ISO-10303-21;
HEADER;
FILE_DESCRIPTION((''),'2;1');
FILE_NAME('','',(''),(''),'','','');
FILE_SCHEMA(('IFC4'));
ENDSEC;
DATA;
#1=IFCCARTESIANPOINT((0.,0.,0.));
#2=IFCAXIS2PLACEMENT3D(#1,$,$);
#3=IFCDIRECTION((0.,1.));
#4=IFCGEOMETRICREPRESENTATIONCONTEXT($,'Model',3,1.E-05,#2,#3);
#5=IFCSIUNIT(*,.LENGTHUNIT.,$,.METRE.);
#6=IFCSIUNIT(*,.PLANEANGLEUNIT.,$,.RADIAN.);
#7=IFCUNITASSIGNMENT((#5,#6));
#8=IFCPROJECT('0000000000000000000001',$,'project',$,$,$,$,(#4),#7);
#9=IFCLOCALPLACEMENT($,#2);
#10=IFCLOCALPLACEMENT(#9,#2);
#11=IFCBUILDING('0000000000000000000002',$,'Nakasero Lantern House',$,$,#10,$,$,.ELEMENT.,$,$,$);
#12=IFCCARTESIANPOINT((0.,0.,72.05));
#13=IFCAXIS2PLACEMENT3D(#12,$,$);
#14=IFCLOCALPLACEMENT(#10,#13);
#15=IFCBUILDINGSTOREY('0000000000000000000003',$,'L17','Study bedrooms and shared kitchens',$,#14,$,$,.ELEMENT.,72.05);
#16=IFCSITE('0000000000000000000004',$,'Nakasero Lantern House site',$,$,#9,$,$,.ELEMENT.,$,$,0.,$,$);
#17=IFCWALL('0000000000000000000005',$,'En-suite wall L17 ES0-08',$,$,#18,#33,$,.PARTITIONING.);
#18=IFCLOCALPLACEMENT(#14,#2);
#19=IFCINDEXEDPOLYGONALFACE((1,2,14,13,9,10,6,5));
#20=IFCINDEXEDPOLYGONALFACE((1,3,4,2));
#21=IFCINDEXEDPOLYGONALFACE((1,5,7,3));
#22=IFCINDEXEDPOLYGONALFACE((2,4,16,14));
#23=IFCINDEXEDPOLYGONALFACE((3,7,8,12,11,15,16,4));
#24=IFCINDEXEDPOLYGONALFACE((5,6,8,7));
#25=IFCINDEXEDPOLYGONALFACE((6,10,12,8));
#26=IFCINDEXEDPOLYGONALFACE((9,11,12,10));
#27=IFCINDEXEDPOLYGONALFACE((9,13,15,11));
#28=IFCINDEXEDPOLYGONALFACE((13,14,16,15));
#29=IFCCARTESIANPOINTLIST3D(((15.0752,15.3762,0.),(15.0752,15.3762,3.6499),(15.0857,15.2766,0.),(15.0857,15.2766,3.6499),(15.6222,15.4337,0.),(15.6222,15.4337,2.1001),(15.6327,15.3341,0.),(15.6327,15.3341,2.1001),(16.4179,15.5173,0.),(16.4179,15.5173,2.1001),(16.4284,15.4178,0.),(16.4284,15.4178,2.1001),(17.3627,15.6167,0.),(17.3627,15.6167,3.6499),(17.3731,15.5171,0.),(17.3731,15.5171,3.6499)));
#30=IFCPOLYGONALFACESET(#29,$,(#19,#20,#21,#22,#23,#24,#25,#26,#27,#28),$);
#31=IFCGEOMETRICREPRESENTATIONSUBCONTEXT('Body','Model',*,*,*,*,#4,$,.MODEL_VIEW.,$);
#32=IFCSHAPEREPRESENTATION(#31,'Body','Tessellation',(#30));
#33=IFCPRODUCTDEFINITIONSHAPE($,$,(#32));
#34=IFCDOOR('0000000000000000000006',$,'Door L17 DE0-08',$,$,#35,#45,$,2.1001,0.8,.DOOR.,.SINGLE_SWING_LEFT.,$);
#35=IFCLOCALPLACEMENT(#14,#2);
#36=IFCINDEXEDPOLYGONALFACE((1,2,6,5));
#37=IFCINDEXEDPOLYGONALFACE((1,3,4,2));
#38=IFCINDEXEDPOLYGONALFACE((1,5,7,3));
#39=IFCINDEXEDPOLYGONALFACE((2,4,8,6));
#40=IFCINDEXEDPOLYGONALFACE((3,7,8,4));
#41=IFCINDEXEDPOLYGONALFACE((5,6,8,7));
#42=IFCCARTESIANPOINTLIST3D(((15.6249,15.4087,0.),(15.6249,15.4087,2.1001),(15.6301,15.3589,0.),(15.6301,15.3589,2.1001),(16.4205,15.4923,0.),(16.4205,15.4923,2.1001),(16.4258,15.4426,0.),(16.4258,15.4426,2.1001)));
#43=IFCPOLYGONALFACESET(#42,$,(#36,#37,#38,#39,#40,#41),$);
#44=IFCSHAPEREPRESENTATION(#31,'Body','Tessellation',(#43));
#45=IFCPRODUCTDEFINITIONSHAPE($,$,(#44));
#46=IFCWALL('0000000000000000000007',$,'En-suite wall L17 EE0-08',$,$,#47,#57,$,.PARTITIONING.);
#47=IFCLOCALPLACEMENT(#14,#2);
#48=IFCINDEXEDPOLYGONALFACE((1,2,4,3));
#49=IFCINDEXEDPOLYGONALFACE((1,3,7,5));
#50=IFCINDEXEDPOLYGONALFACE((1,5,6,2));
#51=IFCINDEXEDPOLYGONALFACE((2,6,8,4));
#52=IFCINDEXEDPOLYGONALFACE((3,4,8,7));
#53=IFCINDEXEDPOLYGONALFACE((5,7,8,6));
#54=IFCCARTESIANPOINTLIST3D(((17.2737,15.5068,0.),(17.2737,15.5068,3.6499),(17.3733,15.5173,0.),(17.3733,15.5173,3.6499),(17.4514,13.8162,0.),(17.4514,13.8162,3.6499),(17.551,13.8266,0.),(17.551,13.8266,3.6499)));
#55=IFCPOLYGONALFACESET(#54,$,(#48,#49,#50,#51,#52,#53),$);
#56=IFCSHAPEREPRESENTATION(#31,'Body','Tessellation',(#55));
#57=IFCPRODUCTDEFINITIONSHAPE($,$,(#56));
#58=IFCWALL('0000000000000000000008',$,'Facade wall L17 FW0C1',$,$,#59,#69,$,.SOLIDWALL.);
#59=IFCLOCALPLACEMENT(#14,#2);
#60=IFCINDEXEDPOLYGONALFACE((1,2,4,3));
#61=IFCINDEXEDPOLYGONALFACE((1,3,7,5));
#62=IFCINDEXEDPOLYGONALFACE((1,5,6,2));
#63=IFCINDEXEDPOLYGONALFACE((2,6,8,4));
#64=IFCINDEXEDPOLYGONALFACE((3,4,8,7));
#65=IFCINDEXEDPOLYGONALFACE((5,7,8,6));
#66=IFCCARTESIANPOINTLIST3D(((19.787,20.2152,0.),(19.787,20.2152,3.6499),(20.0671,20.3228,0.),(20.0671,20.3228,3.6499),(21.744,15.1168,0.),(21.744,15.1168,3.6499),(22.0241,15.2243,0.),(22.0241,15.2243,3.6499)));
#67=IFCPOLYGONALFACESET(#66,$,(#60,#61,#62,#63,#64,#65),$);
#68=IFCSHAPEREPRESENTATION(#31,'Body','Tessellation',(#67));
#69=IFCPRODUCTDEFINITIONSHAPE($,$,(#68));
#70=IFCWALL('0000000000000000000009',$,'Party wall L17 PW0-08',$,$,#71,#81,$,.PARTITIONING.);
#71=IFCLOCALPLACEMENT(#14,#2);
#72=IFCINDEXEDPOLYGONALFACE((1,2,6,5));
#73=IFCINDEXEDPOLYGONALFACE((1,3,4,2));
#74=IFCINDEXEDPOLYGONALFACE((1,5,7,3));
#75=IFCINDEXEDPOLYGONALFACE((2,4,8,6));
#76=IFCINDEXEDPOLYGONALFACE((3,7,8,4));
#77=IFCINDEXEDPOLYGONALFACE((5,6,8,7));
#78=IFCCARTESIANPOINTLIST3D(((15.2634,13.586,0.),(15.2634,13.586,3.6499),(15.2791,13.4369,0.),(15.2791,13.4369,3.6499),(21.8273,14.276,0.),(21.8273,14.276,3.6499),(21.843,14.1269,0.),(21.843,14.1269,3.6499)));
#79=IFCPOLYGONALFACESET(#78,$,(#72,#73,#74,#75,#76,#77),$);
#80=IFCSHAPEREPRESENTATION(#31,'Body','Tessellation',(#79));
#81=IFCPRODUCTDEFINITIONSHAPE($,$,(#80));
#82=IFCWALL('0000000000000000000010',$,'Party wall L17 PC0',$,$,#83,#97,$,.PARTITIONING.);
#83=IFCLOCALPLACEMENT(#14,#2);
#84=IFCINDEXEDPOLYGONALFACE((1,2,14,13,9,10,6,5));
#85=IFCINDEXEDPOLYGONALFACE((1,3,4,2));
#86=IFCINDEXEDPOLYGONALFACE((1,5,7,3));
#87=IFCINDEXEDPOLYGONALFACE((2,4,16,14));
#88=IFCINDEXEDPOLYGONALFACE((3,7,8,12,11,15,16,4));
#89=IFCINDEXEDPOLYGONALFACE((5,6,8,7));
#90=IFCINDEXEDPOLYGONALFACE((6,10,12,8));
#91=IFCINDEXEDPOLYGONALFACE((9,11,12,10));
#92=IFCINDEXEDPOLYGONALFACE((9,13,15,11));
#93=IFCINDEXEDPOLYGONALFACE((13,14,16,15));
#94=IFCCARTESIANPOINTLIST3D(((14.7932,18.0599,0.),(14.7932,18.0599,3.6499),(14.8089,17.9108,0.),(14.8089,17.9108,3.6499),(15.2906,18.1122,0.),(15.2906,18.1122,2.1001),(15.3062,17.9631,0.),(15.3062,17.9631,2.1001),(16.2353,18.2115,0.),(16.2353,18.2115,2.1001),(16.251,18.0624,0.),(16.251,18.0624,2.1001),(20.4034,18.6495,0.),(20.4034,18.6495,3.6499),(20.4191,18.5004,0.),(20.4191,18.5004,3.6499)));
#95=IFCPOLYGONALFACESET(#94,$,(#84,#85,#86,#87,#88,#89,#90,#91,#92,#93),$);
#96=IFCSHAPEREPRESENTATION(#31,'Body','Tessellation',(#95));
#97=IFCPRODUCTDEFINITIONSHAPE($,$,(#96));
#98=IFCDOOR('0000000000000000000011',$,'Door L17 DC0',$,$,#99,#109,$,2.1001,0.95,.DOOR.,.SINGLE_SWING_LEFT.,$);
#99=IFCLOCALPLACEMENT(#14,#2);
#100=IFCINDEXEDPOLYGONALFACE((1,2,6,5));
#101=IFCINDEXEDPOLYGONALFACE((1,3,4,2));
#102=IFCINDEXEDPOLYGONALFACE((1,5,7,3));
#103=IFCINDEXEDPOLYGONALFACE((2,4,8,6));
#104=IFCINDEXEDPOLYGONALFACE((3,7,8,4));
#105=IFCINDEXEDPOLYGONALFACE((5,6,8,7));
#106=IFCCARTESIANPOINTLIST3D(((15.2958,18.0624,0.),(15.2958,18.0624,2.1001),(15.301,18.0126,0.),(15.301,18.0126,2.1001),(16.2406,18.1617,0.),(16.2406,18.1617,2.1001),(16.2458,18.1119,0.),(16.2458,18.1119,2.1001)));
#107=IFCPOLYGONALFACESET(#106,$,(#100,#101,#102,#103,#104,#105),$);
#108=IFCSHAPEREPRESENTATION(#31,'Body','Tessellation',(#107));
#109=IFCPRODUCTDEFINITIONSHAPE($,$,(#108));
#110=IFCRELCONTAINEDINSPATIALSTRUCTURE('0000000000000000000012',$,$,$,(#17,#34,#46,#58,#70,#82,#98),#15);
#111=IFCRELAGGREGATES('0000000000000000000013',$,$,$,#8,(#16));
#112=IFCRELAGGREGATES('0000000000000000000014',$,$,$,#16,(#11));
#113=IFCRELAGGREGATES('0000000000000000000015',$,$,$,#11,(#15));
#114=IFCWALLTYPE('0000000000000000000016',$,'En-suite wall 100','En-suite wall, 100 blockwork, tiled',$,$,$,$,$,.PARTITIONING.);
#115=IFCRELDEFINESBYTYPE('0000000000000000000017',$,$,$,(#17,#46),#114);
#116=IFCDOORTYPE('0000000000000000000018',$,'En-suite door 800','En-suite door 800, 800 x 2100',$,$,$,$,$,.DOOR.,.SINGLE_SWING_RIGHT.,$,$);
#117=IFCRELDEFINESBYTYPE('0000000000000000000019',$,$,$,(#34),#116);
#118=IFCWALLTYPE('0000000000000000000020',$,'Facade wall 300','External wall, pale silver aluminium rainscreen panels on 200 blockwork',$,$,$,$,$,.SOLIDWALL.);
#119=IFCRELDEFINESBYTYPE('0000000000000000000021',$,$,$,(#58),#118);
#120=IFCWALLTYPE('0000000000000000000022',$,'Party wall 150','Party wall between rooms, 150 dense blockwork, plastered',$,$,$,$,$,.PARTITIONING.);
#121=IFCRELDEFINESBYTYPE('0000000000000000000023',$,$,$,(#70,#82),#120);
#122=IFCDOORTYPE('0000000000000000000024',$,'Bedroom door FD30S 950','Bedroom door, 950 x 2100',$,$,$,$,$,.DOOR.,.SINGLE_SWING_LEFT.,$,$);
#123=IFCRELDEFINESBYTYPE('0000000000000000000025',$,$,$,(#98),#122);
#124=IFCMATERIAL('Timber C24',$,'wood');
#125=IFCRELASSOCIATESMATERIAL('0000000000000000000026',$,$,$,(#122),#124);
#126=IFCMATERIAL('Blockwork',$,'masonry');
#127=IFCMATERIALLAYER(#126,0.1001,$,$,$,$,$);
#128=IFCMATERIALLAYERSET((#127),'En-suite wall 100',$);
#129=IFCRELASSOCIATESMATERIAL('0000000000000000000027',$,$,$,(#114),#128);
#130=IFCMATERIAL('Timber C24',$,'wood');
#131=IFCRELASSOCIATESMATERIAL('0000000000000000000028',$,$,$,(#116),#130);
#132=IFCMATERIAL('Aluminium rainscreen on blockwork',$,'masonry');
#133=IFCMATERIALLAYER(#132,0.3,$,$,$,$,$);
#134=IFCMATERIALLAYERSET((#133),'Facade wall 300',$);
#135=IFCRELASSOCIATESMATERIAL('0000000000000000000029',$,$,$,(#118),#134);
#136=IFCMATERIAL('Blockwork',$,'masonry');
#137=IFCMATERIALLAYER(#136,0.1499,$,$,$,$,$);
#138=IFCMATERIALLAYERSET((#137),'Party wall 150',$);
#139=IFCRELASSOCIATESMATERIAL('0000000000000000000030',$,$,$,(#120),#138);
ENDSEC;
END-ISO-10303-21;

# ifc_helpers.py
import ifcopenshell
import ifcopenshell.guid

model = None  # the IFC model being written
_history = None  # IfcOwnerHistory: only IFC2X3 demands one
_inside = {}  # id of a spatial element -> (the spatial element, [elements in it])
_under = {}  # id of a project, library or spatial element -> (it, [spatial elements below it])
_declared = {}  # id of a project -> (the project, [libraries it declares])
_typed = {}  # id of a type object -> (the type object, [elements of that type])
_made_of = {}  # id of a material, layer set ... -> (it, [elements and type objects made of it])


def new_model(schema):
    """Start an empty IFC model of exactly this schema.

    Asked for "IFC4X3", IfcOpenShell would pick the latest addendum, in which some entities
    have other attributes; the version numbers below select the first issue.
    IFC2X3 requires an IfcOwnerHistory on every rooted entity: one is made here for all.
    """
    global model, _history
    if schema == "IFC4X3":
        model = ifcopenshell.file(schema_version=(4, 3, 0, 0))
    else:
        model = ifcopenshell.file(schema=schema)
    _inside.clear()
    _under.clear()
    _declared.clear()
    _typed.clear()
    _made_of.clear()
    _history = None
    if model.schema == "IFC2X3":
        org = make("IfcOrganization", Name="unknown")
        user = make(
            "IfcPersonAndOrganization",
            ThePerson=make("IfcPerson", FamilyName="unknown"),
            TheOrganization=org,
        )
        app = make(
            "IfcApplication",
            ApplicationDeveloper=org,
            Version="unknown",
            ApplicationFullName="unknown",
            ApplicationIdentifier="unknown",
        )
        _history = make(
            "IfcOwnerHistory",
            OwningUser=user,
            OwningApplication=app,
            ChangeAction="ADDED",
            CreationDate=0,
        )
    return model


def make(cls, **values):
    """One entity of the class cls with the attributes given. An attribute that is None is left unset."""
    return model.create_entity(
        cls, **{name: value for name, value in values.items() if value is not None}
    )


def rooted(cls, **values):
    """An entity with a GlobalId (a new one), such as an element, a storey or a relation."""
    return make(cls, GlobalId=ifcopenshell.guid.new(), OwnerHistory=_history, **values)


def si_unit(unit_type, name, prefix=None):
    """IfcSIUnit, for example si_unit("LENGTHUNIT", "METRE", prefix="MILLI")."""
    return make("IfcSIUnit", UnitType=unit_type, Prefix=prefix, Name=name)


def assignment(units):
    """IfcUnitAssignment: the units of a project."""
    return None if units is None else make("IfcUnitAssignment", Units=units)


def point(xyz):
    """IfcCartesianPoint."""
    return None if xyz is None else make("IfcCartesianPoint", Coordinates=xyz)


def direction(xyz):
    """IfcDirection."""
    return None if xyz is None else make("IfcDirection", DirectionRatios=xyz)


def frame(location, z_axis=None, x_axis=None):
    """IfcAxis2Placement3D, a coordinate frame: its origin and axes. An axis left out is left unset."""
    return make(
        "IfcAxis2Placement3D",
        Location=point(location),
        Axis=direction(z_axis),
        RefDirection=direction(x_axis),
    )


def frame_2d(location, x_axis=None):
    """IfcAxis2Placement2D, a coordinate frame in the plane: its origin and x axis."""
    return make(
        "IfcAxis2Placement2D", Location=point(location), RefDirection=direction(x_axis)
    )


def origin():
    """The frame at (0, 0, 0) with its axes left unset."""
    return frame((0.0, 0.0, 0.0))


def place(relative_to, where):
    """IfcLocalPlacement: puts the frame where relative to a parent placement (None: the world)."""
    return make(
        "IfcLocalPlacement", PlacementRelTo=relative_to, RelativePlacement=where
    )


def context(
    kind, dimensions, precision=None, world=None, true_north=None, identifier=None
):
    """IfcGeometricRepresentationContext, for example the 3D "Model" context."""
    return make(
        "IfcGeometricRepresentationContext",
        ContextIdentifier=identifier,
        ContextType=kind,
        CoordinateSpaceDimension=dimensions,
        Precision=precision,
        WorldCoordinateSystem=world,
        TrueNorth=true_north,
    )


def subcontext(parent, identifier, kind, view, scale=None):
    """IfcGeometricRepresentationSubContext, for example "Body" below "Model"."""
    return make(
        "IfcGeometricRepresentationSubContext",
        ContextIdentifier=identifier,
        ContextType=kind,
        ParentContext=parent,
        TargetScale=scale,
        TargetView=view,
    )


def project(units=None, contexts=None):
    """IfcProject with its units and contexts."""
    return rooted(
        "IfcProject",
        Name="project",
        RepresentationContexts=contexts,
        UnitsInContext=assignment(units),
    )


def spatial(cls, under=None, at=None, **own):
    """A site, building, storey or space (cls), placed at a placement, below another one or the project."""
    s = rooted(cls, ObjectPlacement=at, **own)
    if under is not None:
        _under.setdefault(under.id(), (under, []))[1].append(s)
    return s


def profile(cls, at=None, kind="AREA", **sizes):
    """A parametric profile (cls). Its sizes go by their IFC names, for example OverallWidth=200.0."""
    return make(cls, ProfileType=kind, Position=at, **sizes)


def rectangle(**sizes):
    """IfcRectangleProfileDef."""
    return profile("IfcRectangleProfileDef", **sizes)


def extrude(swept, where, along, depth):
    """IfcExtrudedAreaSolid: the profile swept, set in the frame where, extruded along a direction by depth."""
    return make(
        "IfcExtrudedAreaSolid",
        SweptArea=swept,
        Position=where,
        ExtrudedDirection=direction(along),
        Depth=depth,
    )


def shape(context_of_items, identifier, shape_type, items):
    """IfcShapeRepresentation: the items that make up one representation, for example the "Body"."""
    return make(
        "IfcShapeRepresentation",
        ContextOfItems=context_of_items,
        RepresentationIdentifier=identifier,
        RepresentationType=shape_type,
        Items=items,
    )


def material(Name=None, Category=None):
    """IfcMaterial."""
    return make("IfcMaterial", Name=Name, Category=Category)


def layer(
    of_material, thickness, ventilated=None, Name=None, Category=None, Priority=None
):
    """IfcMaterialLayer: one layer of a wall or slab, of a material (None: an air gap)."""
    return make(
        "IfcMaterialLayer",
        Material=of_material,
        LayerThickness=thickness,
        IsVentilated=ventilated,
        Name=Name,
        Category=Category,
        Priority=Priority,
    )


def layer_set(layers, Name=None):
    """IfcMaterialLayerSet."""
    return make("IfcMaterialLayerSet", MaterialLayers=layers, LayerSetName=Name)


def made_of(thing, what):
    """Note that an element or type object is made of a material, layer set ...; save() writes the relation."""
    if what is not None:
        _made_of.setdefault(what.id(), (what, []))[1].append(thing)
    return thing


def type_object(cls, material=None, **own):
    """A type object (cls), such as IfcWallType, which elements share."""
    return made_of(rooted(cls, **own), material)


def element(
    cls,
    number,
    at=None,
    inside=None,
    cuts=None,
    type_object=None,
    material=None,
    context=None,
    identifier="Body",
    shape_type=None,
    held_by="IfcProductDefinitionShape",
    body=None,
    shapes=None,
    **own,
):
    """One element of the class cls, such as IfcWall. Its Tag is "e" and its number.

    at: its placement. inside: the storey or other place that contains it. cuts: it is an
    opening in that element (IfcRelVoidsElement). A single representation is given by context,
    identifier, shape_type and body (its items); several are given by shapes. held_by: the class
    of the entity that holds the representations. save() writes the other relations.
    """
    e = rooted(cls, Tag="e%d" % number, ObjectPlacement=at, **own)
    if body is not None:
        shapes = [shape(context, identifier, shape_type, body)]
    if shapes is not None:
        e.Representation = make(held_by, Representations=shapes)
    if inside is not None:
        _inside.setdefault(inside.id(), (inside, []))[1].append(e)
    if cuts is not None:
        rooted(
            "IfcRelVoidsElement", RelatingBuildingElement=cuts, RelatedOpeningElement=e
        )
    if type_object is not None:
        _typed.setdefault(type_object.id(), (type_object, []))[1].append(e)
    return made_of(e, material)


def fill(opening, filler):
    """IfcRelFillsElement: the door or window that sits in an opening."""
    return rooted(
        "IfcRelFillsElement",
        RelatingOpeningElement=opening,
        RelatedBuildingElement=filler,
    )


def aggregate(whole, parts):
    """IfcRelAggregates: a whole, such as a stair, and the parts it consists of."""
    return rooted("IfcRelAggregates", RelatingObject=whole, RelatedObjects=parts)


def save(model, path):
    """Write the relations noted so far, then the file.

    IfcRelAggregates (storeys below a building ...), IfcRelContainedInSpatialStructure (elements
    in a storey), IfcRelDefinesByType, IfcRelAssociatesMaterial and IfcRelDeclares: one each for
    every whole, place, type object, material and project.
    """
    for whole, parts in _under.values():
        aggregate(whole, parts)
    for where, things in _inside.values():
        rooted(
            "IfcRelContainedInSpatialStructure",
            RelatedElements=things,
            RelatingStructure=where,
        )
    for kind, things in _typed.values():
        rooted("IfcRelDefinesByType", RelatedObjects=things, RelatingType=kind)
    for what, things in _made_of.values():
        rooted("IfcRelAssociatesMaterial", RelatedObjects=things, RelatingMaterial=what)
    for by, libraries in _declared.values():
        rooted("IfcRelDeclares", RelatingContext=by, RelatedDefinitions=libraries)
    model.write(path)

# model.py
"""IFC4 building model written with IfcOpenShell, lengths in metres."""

from ifc_helpers import new_model, si_unit, direction, frame, frame_2d, origin, place, context, subcontext, project, spatial, rectangle, extrude, material, layer, layer_set, type_object, element, fill, save


model = new_model("IFC4")

# Units and contexts
model_context = context("Model", 3, precision=1e-05, world=origin(), true_north=direction((0.0, 1.0)))
body_context = subcontext(model_context, "Body", "Model", "MODEL_VIEW")
ifc_project = project(units=[si_unit("LENGTHUNIT", "METRE"), si_unit("PLANEANGLEUNIT", "RADIAN")], contexts=[model_context])

# Site, building, storey
site_placement = place(None, origin())
site = spatial("IfcSite", under=ifc_project, at=site_placement, Name="Nakasero Lantern House site", CompositionType="ELEMENT", RefElevation=0.0)
building_placement = place(site_placement, origin())
building = spatial("IfcBuilding", under=site, at=building_placement, Name="Nakasero Lantern House", CompositionType="ELEMENT")
storey_placement = place(building_placement, frame((0.0, 0.0, 72.05)))
storey = spatial("IfcBuildingStorey", under=building, at=storey_placement, Name="L17", Description="Study bedrooms and shared kitchens", CompositionType="ELEMENT", Elevation=72.05)

# Shared definitions
ifc_material_1 = material(Name="Timber C24", Category="wood")
door_type_1 = type_object("IfcDoorType", Name="Bedroom door FD30S 950", Description="Bedroom door, 950 x 2100", OperationType="SINGLE_SWING_LEFT", PredefinedType="DOOR", material=ifc_material_1)

# Shared definitions
ifc_material_2 = material(Name="Blockwork", Category="masonry")
ifc_layer_1 = layer(ifc_material_2, 0.1001)
ifc_layer_set_1 = layer_set([ifc_layer_1], Name="En-suite wall 100")
wall_type_1 = type_object("IfcWallType", Name="En-suite wall 100", Description="En-suite wall, 100 blockwork, tiled", PredefinedType="PARTITIONING", material=ifc_layer_set_1)

# Wall, opening, door
wall_1_placement = place(storey_placement, frame((15.0806, 15.3264, 0.0), z_axis=(0.0, 0.0, 1.0), x_axis=(0.994519, 0.104558, 0.0)))
wall_1 = element("IfcWall", 1, at=wall_1_placement, inside=storey, type_object=wall_type_1, Name="En-suite wall L17 ES0-08", PredefinedType="PARTITIONING", context=body_context, shape_type="SweptSolid", body=[
    extrude(rectangle(XDim=2.3, YDim=0.1001, at=frame_2d((1.1499, 0.0))), origin(), (0.0, 0.0, 1.0), 3.6499),
])
opening_1_placement = place(wall_1_placement, frame((0.55, 0.0, 0.0)))
opening_1 = element("IfcOpeningElement", 2, at=opening_1_placement, cuts=wall_1, PredefinedType="OPENING", context=body_context, shape_type="SweptSolid", body=[
    extrude(rectangle(XDim=0.8, YDim=2.1001, at=frame_2d((0.3999, 1.05))), frame((0.0, 0.0701, 0.0), z_axis=(0.0, -1.0, 0.0), x_axis=(1.0, 0.0, 0.0)), (0.0, 0.0, 1.0), 0.1401),
])
ifc_material_3 = material(Name="Timber C24", Category="wood")
door_type_2 = type_object("IfcDoorType", Name="En-suite door 800", Description="En-suite door 800, 800 x 2100", OperationType="SINGLE_SWING_RIGHT", PredefinedType="DOOR", material=ifc_material_3)
door_1_placement = place(opening_1_placement, origin())
door_1 = element("IfcDoor", 3, at=door_1_placement, inside=storey, type_object=door_type_2, Name="Door L17 DE0-08", OperationType="SINGLE_SWING_LEFT", OverallHeight=2.1001, OverallWidth=0.8, PredefinedType="DOOR", context=body_context, shape_type="SweptSolid", body=[
    extrude(rectangle(XDim=0.8, YDim=2.1001, at=frame_2d((0.3999, 1.05))), frame((0.0, 0.0249, 0.0), z_axis=(0.0, -1.0, 0.0), x_axis=(1.0, 0.0, 0.0)), (0.0, 0.0, 1.0), 0.05),
])
fill(opening_1, door_1)

# Walls
wall_2_placement = place(storey_placement, frame((17.5012, 13.8213, 0.0), z_axis=(0.0, 0.0, 1.0), x_axis=(-0.10455, 0.99452, 0.0)))
element("IfcWall", 4, at=wall_2_placement, inside=storey, type_object=wall_type_1, Name="En-suite wall L17 EE0-08", PredefinedType="PARTITIONING", context=body_context, shape_type="SweptSolid", body=[
    extrude(rectangle(XDim=1.7, YDim=0.1001, at=frame_2d((0.8501, 0.0))), origin(), (0.0, 0.0, 1.0), 3.6499),
])
ifc_material_4 = material(Name="Aluminium rainscreen on blockwork", Category="masonry")
ifc_layer_2 = layer(ifc_material_4, 0.3)
ifc_layer_set_2 = layer_set([ifc_layer_2], Name="Facade wall 300")
wall_type_2 = type_object("IfcWallType", Name="Facade wall 300", Description="External wall, pale silver aluminium rainscreen panels on 200 blockwork", PredefinedType="SOLIDWALL", material=ifc_layer_set_2)
wall_3_placement = place(storey_placement, frame((21.884, 15.1707, 0.0), z_axis=(0.0, 0.0, 1.0), x_axis=(-0.358359, 0.933584, 0.0)))
element("IfcWall", 5, at=wall_3_placement, inside=storey, type_object=wall_type_2, Name="Facade wall L17 FW0C1", PredefinedType="SOLIDWALL", context=body_context, shape_type="SweptSolid", body=[
    extrude(rectangle(XDim=5.4612, YDim=0.3, at=frame_2d((2.7305, 0.0))), origin(), (0.0, 0.0, 1.0), 3.6499),
])
ifc_material_5 = material(Name="Blockwork", Category="masonry")
ifc_layer_3 = layer(ifc_material_5, 0.1499)
ifc_layer_set_3 = layer_set([ifc_layer_3], Name="Party wall 150")
wall_type_3 = type_object("IfcWallType", Name="Party wall 150", Description="Party wall between rooms, 150 dense blockwork, plastered", PredefinedType="PARTITIONING", material=ifc_layer_set_3)
wall_4_placement = place(storey_placement, frame((15.2712, 13.5115, 0.0), z_axis=(0.0, 0.0, 1.0), x_axis=(0.994521, 0.104535, 0.0)))
element("IfcWall", 6, at=wall_4_placement, inside=storey, type_object=wall_type_3, Name="Party wall L17 PW0-08", PredefinedType="PARTITIONING", context=body_context, shape_type="SweptSolid", body=[
    extrude(rectangle(XDim=6.6001, YDim=0.1499, at=frame_2d((3.3, 0.0))), origin(), (0.0, 0.0, 1.0), 3.6499),
])

# Wall, opening, door
wall_5_placement = place(storey_placement, frame((14.801, 17.9854, 0.0), z_axis=(0.0, 0.0, 1.0), x_axis=(0.994523, 0.10452, 0.0)))
wall_5 = element("IfcWall", 7, at=wall_5_placement, inside=storey, type_object=wall_type_3, Name="Party wall L17 PC0", PredefinedType="PARTITIONING", context=body_context, shape_type="SweptSolid", body=[
    extrude(rectangle(XDim=5.6411, YDim=0.1499, at=frame_2d((2.8206, 0.0))), origin(), (0.0, 0.0, 1.0), 3.6499),
])
opening_2_placement = place(wall_5_placement, frame((0.5, 0.0, 0.0)))
opening_2 = element("IfcOpeningElement", 8, at=opening_2_placement, cuts=wall_5, PredefinedType="OPENING", context=body_context, shape_type="SweptSolid", body=[
    extrude(rectangle(XDim=0.95, YDim=2.1001, at=frame_2d((0.4751, 1.05))), frame((0.0, 0.095, 0.0), z_axis=(0.0, -1.0, 0.0), x_axis=(1.0, 0.0, 0.0)), (0.0, 0.0, 1.0), 0.1899),
])
door_2_placement = place(opening_2_placement, origin())
door_2 = element("IfcDoor", 9, at=door_2_placement, inside=storey, type_object=door_type_1, Name="Door L17 DC0", OperationType="SINGLE_SWING_LEFT", OverallHeight=2.1001, OverallWidth=0.95, PredefinedType="DOOR", context=body_context, shape_type="SweptSolid", body=[
    extrude(rectangle(XDim=0.95, YDim=2.1001, at=frame_2d((0.4751, 1.05))), frame((0.0, 0.0249, 0.0), z_axis=(0.0, -1.0, 0.0), x_axis=(1.0, 0.0, 0.0)), (0.0, 0.0, 1.0), 0.05),
])
fill(opening_2, door_2)

save(model, "model.ifc")
